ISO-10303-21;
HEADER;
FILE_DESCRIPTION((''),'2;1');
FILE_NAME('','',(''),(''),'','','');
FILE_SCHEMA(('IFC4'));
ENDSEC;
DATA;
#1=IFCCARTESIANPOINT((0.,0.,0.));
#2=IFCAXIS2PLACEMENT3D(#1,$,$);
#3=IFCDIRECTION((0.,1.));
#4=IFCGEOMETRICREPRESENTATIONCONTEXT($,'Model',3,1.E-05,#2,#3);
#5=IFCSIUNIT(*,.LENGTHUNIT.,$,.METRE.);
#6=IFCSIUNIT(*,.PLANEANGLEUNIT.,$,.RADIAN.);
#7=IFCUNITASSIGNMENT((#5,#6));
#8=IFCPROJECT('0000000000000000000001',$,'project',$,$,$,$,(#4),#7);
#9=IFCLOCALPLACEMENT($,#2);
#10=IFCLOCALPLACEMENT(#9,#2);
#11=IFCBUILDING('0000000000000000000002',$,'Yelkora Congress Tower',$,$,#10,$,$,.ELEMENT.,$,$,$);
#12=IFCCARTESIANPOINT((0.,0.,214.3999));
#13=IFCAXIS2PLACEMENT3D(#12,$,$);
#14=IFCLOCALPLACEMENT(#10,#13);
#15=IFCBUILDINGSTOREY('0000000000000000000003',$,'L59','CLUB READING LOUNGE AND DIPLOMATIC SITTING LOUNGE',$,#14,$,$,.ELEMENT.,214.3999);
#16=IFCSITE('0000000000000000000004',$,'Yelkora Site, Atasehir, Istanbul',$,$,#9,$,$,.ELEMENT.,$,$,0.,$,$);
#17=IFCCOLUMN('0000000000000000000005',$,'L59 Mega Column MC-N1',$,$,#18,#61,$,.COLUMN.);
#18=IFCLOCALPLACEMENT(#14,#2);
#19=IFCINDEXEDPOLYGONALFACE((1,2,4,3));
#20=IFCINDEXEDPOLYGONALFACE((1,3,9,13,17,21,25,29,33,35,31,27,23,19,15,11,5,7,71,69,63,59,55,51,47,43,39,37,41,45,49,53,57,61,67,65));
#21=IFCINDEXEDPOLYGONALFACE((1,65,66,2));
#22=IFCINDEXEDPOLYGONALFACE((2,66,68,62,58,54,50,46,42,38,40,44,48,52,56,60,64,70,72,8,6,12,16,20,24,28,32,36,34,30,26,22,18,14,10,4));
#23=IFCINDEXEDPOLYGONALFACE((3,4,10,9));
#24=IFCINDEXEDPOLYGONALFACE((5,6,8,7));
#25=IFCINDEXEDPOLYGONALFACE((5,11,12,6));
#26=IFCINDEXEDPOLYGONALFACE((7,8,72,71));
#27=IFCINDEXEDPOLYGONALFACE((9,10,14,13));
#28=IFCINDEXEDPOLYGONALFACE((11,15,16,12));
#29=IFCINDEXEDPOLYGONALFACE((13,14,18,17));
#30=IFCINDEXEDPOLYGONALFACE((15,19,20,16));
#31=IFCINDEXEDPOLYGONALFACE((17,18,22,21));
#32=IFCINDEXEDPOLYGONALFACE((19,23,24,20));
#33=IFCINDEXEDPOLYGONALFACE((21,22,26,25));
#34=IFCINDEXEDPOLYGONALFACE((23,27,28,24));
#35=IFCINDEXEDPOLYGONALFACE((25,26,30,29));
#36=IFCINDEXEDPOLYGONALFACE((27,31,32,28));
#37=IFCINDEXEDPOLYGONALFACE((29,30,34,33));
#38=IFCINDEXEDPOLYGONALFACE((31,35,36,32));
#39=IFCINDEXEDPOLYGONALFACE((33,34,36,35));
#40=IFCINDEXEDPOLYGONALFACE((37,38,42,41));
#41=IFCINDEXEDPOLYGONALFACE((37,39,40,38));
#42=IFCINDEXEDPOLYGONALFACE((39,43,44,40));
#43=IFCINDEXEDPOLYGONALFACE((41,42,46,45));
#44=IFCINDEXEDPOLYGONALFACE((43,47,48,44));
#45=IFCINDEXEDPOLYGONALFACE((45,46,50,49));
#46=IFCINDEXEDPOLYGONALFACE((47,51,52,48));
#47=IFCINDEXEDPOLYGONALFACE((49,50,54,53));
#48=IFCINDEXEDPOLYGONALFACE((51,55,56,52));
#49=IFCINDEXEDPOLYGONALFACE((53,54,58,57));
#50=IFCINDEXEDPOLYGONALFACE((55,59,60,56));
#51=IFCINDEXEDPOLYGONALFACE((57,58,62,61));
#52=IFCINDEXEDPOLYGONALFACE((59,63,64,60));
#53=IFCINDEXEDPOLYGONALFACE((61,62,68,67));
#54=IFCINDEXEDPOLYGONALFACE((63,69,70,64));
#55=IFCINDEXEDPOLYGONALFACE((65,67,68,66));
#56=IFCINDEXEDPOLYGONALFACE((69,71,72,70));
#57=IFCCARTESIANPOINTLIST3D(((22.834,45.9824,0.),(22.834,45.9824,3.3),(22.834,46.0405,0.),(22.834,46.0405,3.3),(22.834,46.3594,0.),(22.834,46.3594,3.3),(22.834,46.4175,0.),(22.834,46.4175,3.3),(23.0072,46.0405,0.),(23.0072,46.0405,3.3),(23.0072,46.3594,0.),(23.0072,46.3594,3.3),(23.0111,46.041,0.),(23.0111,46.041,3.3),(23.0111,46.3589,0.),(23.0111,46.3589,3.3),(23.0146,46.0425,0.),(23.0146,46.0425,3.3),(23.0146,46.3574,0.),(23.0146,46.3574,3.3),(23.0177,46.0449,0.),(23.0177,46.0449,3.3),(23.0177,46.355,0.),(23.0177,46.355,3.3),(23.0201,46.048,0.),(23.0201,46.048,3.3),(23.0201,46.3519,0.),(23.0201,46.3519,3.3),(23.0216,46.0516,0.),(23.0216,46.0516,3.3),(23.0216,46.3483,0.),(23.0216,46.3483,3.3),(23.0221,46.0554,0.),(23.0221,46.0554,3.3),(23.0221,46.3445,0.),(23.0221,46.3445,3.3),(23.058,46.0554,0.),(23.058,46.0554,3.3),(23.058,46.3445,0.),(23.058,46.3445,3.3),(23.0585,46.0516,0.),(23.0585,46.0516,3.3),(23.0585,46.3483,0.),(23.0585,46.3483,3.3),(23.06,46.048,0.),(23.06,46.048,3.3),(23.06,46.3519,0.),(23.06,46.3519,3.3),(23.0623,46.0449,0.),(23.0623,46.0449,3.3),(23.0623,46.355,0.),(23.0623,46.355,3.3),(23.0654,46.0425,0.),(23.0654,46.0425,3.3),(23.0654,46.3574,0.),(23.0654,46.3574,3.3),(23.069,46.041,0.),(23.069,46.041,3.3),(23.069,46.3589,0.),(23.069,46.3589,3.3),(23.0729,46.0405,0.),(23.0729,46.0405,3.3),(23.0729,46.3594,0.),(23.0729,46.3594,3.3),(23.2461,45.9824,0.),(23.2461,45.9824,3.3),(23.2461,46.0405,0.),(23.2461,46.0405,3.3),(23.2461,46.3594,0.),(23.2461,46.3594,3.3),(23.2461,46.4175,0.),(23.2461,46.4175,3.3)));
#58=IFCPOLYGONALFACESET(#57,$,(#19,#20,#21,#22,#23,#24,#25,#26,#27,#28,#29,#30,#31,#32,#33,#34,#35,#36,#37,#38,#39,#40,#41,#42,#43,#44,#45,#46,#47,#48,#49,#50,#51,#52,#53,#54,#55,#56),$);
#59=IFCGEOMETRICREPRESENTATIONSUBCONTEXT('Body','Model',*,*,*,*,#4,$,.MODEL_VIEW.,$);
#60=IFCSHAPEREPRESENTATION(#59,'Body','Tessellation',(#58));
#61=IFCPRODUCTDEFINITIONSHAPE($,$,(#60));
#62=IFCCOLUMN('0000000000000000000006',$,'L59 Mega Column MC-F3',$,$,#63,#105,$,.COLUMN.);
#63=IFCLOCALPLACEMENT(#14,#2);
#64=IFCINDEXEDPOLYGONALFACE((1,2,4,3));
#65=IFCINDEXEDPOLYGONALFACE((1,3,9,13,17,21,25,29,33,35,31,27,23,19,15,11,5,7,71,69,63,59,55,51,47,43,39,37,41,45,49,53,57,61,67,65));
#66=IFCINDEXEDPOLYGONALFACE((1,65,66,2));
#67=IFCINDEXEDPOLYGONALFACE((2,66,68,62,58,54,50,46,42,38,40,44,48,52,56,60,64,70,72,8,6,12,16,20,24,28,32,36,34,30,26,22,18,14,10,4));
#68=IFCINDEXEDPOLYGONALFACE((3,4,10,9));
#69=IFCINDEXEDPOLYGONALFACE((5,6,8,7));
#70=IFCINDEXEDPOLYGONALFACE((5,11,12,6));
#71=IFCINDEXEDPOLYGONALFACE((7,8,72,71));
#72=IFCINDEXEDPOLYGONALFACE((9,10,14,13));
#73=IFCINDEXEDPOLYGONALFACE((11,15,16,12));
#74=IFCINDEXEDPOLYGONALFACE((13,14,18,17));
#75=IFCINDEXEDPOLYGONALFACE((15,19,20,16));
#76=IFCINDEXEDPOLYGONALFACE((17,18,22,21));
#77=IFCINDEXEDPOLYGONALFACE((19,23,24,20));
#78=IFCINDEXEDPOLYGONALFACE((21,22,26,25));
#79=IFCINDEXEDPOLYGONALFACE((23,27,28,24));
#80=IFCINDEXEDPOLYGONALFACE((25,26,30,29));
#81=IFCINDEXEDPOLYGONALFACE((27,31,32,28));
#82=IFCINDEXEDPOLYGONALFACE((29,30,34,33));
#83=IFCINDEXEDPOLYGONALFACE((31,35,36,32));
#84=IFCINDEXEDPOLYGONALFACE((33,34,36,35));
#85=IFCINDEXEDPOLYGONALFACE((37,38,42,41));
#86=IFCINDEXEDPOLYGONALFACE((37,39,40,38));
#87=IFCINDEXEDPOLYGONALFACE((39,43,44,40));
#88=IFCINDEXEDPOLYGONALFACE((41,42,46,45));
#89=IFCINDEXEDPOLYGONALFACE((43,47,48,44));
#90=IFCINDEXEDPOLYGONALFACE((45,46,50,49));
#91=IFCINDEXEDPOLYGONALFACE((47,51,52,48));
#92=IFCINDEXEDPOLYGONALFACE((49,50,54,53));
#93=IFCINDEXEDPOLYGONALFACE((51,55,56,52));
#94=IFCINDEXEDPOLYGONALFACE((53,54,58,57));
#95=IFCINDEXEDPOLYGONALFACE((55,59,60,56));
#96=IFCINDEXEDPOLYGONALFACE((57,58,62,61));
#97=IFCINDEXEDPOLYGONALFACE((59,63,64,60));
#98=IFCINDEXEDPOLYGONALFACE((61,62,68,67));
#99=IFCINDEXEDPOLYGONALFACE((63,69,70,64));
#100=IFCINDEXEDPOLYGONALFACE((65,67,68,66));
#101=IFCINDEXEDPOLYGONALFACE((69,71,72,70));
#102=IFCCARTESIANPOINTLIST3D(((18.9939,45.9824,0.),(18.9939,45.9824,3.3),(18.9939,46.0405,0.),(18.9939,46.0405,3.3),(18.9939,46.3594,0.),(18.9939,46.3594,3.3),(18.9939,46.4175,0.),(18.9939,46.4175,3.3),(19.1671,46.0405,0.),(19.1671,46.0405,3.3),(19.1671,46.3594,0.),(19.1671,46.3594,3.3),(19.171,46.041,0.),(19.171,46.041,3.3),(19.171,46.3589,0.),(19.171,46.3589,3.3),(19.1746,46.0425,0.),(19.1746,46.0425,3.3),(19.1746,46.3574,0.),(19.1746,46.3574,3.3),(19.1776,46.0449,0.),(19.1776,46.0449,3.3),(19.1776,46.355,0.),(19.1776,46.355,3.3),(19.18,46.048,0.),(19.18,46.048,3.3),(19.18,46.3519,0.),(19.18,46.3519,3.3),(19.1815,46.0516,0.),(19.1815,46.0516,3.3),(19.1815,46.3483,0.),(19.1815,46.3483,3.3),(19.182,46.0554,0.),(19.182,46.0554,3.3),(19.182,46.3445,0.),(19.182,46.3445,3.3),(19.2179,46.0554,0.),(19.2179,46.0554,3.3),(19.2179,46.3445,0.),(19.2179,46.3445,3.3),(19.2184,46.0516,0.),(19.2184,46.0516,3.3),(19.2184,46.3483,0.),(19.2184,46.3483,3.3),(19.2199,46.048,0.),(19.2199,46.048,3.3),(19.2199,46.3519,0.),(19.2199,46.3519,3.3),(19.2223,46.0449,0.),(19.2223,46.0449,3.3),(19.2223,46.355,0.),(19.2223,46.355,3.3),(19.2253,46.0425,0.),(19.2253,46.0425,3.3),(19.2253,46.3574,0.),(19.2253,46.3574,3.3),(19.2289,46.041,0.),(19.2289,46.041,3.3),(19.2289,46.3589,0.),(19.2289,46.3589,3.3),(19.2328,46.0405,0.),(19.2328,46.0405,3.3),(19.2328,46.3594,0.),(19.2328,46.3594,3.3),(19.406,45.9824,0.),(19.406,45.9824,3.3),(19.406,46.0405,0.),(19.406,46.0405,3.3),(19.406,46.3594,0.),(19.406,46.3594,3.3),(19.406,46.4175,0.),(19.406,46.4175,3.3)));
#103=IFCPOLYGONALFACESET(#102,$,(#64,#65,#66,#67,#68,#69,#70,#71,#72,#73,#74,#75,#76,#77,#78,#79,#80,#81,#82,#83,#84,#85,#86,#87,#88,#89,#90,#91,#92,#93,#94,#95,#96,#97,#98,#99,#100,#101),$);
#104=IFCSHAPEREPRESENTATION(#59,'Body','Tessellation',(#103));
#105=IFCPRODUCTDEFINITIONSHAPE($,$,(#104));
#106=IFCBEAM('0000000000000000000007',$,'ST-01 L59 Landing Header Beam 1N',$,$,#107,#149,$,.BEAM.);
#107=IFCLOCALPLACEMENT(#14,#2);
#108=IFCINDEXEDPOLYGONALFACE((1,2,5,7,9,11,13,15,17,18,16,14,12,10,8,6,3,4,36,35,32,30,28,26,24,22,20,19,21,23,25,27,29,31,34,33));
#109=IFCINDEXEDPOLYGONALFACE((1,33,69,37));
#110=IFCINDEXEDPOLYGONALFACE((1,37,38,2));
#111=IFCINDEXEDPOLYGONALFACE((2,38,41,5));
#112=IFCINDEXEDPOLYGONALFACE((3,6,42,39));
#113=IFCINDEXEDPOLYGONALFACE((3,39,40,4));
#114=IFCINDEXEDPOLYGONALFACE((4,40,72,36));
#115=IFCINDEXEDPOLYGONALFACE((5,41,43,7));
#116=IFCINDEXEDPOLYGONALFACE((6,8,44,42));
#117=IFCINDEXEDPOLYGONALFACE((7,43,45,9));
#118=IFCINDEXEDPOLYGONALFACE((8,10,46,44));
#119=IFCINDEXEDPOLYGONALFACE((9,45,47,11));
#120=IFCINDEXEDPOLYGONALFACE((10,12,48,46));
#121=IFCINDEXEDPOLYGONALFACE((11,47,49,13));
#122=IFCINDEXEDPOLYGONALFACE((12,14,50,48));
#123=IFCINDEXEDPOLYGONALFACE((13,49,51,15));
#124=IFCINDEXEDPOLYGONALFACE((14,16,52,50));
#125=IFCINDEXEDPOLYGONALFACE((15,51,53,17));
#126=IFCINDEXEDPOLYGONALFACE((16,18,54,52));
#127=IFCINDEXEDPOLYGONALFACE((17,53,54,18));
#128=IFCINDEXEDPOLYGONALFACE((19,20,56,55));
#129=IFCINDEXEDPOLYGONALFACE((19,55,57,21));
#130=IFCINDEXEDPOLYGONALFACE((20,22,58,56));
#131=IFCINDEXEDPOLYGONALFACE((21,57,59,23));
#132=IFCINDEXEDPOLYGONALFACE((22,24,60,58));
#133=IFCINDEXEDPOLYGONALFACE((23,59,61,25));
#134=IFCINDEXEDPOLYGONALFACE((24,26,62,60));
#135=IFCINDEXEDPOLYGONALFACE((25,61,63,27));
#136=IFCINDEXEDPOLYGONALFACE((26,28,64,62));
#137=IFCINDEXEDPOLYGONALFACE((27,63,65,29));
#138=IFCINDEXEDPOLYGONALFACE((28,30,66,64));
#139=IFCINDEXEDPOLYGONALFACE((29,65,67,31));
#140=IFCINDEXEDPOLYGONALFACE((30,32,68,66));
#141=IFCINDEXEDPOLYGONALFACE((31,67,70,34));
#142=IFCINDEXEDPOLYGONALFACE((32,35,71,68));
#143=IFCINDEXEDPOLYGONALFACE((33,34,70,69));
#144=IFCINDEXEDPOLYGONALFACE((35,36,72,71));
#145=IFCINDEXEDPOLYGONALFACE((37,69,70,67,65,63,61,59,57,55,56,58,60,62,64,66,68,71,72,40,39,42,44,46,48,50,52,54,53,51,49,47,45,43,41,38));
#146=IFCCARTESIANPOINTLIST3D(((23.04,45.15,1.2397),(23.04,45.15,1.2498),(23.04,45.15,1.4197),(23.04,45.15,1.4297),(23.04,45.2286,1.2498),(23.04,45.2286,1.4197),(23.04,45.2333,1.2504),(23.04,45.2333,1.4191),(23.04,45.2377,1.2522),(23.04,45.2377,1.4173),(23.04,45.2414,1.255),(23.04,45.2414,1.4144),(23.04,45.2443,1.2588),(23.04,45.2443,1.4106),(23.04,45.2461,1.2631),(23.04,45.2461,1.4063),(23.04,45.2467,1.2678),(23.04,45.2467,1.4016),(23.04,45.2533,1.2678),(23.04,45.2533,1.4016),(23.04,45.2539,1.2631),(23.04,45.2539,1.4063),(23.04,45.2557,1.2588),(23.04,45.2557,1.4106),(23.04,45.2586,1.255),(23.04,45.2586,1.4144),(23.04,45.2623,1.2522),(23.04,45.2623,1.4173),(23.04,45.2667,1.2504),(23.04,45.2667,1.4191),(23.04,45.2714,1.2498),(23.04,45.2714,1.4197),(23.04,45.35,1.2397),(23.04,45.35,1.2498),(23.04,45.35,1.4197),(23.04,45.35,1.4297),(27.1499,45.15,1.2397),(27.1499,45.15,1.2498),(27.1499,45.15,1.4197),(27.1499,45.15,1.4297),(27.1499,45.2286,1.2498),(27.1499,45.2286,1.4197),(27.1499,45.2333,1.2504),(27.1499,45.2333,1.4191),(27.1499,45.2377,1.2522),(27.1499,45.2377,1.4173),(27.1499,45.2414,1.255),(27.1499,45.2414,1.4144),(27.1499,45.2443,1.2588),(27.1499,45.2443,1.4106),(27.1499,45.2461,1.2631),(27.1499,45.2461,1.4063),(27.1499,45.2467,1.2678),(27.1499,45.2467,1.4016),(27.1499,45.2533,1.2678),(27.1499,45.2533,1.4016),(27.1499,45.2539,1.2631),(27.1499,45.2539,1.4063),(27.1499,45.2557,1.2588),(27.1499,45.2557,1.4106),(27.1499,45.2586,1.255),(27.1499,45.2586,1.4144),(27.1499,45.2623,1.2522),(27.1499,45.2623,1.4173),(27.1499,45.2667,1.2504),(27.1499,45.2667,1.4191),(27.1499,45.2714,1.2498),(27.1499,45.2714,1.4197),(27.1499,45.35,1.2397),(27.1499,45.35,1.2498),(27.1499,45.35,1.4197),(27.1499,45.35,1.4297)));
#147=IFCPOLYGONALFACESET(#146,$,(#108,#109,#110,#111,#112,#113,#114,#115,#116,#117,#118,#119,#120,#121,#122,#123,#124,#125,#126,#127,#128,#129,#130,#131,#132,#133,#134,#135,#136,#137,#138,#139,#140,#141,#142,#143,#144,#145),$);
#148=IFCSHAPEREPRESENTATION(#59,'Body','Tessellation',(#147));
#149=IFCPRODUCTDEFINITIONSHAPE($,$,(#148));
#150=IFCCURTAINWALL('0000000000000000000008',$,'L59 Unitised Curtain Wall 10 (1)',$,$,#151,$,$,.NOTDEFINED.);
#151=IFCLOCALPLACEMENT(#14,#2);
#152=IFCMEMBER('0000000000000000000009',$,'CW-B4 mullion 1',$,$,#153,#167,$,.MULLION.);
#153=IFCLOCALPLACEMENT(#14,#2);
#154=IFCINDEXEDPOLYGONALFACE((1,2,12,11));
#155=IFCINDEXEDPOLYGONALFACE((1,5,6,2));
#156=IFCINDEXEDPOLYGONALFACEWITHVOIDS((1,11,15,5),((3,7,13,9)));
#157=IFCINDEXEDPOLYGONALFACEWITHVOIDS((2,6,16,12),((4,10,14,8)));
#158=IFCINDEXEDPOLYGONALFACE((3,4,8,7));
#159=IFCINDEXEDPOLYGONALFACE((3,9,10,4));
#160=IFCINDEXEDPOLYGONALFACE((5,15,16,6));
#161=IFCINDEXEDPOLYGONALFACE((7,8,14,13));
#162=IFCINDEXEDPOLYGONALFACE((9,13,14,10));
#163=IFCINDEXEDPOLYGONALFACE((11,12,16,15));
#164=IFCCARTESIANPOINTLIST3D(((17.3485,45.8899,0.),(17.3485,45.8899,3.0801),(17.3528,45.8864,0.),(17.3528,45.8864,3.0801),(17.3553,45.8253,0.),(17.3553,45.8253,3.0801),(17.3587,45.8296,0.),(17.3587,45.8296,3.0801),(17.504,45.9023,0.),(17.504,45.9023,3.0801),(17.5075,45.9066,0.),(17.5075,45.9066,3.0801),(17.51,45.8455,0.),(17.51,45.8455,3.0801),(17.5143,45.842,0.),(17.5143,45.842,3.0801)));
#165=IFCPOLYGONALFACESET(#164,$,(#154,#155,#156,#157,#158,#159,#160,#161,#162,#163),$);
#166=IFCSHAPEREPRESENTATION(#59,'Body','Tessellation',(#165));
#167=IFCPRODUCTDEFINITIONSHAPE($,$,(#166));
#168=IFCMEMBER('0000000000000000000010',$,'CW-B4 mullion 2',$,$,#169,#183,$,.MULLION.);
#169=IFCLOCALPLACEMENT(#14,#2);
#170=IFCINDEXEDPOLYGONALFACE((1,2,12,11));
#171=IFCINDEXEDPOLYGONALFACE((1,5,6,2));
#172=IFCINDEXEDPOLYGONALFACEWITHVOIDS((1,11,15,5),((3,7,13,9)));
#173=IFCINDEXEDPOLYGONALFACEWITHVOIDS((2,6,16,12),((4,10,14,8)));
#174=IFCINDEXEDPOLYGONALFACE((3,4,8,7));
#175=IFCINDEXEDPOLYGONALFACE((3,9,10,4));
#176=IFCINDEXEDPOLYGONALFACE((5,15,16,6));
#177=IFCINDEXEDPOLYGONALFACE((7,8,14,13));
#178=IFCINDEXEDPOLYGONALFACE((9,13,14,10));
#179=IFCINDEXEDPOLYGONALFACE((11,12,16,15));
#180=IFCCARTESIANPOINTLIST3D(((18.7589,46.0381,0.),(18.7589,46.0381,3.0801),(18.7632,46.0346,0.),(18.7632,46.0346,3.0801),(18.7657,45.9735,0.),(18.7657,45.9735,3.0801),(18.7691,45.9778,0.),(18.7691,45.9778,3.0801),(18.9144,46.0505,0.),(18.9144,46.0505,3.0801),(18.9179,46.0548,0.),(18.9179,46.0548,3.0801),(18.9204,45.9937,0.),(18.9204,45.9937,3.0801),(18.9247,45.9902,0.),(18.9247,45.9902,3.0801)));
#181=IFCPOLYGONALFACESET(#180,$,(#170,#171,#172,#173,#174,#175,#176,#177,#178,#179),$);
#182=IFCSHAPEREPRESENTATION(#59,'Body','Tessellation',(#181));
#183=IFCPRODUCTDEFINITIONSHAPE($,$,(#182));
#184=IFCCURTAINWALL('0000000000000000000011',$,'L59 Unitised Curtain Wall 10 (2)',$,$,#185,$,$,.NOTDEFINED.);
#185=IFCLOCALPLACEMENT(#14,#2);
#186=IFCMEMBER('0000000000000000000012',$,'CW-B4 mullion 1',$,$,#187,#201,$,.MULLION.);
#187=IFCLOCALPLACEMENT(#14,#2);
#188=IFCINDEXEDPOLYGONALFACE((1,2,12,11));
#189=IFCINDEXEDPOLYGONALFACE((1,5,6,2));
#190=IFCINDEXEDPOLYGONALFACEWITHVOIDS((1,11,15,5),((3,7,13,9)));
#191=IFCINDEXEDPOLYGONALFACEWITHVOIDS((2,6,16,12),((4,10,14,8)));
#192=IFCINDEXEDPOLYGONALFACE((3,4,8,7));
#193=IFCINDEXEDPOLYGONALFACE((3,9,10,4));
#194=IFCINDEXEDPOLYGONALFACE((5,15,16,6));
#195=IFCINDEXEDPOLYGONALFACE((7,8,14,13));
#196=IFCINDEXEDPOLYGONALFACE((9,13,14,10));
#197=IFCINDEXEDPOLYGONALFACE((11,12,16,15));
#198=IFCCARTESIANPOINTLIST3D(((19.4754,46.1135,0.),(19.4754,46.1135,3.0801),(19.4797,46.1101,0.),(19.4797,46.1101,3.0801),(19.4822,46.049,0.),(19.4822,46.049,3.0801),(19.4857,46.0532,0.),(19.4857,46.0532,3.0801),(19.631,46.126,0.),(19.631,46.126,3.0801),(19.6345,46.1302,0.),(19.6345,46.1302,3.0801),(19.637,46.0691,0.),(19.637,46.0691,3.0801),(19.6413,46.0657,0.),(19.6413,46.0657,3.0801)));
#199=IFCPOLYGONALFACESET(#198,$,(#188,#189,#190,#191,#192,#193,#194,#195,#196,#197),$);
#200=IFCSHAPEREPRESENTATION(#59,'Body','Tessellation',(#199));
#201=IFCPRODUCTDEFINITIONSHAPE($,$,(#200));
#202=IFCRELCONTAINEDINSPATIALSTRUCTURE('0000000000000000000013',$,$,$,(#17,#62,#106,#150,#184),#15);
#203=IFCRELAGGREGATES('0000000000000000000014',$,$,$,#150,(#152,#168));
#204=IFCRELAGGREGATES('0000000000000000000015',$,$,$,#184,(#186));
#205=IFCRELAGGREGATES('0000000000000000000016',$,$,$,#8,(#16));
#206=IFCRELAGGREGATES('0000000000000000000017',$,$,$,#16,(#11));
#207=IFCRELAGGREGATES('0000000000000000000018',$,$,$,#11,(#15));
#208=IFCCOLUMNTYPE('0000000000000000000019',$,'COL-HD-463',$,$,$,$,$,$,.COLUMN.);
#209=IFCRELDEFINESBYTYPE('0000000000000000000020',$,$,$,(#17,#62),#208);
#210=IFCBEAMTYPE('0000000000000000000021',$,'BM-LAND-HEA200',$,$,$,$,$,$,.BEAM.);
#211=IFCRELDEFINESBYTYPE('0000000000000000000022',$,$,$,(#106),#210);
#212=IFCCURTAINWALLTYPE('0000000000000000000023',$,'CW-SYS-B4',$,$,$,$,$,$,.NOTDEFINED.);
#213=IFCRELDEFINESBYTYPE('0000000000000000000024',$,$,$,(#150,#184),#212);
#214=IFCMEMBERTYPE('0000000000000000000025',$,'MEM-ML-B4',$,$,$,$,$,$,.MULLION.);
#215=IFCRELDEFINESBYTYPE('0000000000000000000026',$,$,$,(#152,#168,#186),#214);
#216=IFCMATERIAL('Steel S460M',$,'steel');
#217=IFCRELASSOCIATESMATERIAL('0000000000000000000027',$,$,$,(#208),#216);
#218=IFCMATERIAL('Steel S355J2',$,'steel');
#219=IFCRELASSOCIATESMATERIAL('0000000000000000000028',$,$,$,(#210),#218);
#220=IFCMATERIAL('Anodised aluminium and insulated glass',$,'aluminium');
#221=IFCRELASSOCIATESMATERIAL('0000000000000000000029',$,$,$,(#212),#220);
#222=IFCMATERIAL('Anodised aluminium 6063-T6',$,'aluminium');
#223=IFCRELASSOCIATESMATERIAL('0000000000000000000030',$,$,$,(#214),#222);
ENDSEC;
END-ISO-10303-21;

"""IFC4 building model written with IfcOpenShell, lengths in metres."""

from ifc_helpers import new_model, si_unit, direction, frame, origin, origin_2d, place, context, subcontext, project, spatial, hollow_rectangle, i_section, extrude, material, material_profile, profile_set, type_object, element, aggregate, save


model = new_model("IFC4")

# Units and contexts
model_context = context("Model", 3, precision=1e-05, world=origin(), true_north=direction((0.0, 1.0)))
body_context = subcontext(model_context, "Body", "Model", "MODEL_VIEW")
ifc_project = project(units=[si_unit("LENGTHUNIT", "METRE"), si_unit("PLANEANGLEUNIT", "RADIAN")], contexts=[model_context])

# Site, building, storey
site_placement = place(None, origin())
site = spatial("IfcSite", under=ifc_project, at=site_placement, Name="Yelkora Site, Atasehir, Istanbul", CompositionType="ELEMENT", RefElevation=0.0)
building_placement = place(site_placement, origin())
building = spatial("IfcBuilding", under=site, at=building_placement, Name="Yelkora Congress Tower", CompositionType="ELEMENT")
storey_placement = place(building_placement, frame((0.0, 0.0, 214.3999)))
storey = spatial("IfcBuildingStorey", under=building, at=storey_placement, Name="L59", Description="CLUB READING LOUNGE AND DIPLOMATIC SITTING LOUNGE", CompositionType="ELEMENT", Elevation=214.3999)

# Columns
ifc_material_1 = material(Name="Steel S460M", Category="steel")
ifc_material_profile_1 = material_profile(ifc_material_1, i_section(OverallWidth=0.4121, OverallDepth=0.4351, WebThickness=0.0359, FlangeThickness=0.0581, FilletRadius=0.0149, at=origin_2d()), Name="HD 400x463")
ifc_profile_set_1 = profile_set([ifc_material_profile_1], Name="Steel S460M")
column_type = type_object("IfcColumnType", Name="COL-HD-463", PredefinedType="COLUMN", material=ifc_profile_set_1)
for number, where, z_axis, x_axis, name in (
    (1, (23.04, 46.2, 0.0), (0.0, 0.0, 1.0), (1.0, 0.0, 0.0), "L59 Mega Column MC-N1"),
    (2, (19.2, 46.2, 0.0), (0.0, 0.0, 1.0), (1.0, 0.0, 0.0), "L59 Mega Column MC-F3"),
):
    element("IfcColumn", number, at=place(storey_placement, frame(where, z_axis=z_axis, x_axis=x_axis)), inside=storey, type_object=column_type, Name=name, PredefinedType="COLUMN", context=body_context, shape_type="SweptSolid", body=[
        extrude(i_section(OverallWidth=0.4121, OverallDepth=0.4351, WebThickness=0.0359, FlangeThickness=0.0581, FilletRadius=0.0149, at=origin_2d()), origin(), (0.0, 0.0, 1.0), 3.3),
    ])

# Beam
ifc_material_2 = material(Name="Steel S355J2", Category="steel")
ifc_material_profile_2 = material_profile(ifc_material_2, i_section(OverallWidth=0.2, OverallDepth=0.1899, WebThickness=0.0066, FlangeThickness=0.01, FilletRadius=0.0181, at=origin_2d()), Name="HEA 200")
ifc_profile_set_2 = profile_set([ifc_material_profile_2], Name="Steel S355J2")
beam_type = type_object("IfcBeamType", Name="BM-LAND-HEA200", PredefinedType="BEAM", material=ifc_profile_set_2)
beam_placement = place(storey_placement, frame((23.04, 45.25, 1.3347), z_axis=(1.0, 0.0, 0.0), x_axis=(0.0, 1.0, 0.0)))
element("IfcBeam", 3, at=beam_placement, inside=storey, type_object=beam_type, Name="ST-01 L59 Landing Header Beam 1N", PredefinedType="BEAM", context=body_context, shape_type="SweptSolid", body=[
    extrude(i_section(OverallWidth=0.2, OverallDepth=0.1899, WebThickness=0.0066, FlangeThickness=0.01, FilletRadius=0.0181, at=origin_2d()), origin(), (0.0, 0.0, 1.0), 4.1099),
])

# Curtain walls, members
ifc_material_3 = material(Name="Anodised aluminium and insulated glass", Category="aluminium")
curtain_wall_type = type_object("IfcCurtainWallType", Name="CW-SYS-B4", PredefinedType="NOTDEFINED", material=ifc_material_3)
curtain_wall_1_placement = place(storey_placement, origin())
curtain_wall_1 = element("IfcCurtainWall", 4, at=curtain_wall_1_placement, inside=storey, type_object=curtain_wall_type, Name="L59 Unitised Curtain Wall 10 (1)", PredefinedType="NOTDEFINED")
ifc_material_4 = material(Name="Anodised aluminium 6063-T6", Category="aluminium")
ifc_material_profile_3 = material_profile(ifc_material_4, hollow_rectangle(XDim=0.0649, YDim=0.1599, WallThickness=0.0039, at=origin_2d()), Name="ALU 65x160x4")
ifc_profile_set_3 = profile_set([ifc_material_profile_3], Name="Anodised aluminium 6063-T6")
member_type_1 = type_object("IfcMemberType", Name="MEM-ML-B4", PredefinedType="MULLION", material=ifc_profile_set_3)
member_1_placement = place(storey_placement, frame((17.4314, 45.866, 0.0), z_axis=(0.0, 0.0, 1.0), x_axis=(-0.104509, 0.994524, 0.0)))
member_1 = element("IfcMember", 5, at=member_1_placement, type_object=member_type_1, Name="CW-B4 mullion 1", PredefinedType="MULLION", context=body_context, shape_type="SweptSolid", body=[
    extrude(hollow_rectangle(XDim=0.0649, YDim=0.1599, WallThickness=0.0039, at=origin_2d()), origin(), (0.0, 0.0, 1.0), 3.0801),
])
member_2_placement = place(storey_placement, frame((18.8418, 46.0142, 0.0), z_axis=(0.0, 0.0, 1.0), x_axis=(-0.104509, 0.994524, 0.0)))
member_2 = element("IfcMember", 6, at=member_2_placement, type_object=member_type_1, Name="CW-B4 mullion 2", PredefinedType="MULLION", context=body_context, shape_type="SweptSolid", body=[
    extrude(hollow_rectangle(XDim=0.0649, YDim=0.1599, WallThickness=0.0039, at=origin_2d()), origin(), (0.0, 0.0, 1.0), 3.0801),
])
curtain_wall_2_placement = place(storey_placement, origin())
curtain_wall_2 = element("IfcCurtainWall", 7, at=curtain_wall_2_placement, inside=storey, type_object=curtain_wall_type, Name="L59 Unitised Curtain Wall 10 (2)", PredefinedType="NOTDEFINED")
member_3_placement = place(storey_placement, frame((19.5583, 46.0896, 0.0), z_axis=(0.0, 0.0, 1.0), x_axis=(-0.104506, 0.994524, 0.0)))
member_3 = element("IfcMember", 8, at=member_3_placement, type_object=member_type_1, Name="CW-B4 mullion 1", PredefinedType="MULLION", context=body_context, shape_type="SweptSolid", body=[
    extrude(hollow_rectangle(XDim=0.0649, YDim=0.1599, WallThickness=0.0039, at=origin_2d()), origin(), (0.0, 0.0, 1.0), 3.0801),
])

aggregate(curtain_wall_1, [member_1, member_2])
aggregate(curtain_wall_2, [member_3])

save(model, "model.ifc")
